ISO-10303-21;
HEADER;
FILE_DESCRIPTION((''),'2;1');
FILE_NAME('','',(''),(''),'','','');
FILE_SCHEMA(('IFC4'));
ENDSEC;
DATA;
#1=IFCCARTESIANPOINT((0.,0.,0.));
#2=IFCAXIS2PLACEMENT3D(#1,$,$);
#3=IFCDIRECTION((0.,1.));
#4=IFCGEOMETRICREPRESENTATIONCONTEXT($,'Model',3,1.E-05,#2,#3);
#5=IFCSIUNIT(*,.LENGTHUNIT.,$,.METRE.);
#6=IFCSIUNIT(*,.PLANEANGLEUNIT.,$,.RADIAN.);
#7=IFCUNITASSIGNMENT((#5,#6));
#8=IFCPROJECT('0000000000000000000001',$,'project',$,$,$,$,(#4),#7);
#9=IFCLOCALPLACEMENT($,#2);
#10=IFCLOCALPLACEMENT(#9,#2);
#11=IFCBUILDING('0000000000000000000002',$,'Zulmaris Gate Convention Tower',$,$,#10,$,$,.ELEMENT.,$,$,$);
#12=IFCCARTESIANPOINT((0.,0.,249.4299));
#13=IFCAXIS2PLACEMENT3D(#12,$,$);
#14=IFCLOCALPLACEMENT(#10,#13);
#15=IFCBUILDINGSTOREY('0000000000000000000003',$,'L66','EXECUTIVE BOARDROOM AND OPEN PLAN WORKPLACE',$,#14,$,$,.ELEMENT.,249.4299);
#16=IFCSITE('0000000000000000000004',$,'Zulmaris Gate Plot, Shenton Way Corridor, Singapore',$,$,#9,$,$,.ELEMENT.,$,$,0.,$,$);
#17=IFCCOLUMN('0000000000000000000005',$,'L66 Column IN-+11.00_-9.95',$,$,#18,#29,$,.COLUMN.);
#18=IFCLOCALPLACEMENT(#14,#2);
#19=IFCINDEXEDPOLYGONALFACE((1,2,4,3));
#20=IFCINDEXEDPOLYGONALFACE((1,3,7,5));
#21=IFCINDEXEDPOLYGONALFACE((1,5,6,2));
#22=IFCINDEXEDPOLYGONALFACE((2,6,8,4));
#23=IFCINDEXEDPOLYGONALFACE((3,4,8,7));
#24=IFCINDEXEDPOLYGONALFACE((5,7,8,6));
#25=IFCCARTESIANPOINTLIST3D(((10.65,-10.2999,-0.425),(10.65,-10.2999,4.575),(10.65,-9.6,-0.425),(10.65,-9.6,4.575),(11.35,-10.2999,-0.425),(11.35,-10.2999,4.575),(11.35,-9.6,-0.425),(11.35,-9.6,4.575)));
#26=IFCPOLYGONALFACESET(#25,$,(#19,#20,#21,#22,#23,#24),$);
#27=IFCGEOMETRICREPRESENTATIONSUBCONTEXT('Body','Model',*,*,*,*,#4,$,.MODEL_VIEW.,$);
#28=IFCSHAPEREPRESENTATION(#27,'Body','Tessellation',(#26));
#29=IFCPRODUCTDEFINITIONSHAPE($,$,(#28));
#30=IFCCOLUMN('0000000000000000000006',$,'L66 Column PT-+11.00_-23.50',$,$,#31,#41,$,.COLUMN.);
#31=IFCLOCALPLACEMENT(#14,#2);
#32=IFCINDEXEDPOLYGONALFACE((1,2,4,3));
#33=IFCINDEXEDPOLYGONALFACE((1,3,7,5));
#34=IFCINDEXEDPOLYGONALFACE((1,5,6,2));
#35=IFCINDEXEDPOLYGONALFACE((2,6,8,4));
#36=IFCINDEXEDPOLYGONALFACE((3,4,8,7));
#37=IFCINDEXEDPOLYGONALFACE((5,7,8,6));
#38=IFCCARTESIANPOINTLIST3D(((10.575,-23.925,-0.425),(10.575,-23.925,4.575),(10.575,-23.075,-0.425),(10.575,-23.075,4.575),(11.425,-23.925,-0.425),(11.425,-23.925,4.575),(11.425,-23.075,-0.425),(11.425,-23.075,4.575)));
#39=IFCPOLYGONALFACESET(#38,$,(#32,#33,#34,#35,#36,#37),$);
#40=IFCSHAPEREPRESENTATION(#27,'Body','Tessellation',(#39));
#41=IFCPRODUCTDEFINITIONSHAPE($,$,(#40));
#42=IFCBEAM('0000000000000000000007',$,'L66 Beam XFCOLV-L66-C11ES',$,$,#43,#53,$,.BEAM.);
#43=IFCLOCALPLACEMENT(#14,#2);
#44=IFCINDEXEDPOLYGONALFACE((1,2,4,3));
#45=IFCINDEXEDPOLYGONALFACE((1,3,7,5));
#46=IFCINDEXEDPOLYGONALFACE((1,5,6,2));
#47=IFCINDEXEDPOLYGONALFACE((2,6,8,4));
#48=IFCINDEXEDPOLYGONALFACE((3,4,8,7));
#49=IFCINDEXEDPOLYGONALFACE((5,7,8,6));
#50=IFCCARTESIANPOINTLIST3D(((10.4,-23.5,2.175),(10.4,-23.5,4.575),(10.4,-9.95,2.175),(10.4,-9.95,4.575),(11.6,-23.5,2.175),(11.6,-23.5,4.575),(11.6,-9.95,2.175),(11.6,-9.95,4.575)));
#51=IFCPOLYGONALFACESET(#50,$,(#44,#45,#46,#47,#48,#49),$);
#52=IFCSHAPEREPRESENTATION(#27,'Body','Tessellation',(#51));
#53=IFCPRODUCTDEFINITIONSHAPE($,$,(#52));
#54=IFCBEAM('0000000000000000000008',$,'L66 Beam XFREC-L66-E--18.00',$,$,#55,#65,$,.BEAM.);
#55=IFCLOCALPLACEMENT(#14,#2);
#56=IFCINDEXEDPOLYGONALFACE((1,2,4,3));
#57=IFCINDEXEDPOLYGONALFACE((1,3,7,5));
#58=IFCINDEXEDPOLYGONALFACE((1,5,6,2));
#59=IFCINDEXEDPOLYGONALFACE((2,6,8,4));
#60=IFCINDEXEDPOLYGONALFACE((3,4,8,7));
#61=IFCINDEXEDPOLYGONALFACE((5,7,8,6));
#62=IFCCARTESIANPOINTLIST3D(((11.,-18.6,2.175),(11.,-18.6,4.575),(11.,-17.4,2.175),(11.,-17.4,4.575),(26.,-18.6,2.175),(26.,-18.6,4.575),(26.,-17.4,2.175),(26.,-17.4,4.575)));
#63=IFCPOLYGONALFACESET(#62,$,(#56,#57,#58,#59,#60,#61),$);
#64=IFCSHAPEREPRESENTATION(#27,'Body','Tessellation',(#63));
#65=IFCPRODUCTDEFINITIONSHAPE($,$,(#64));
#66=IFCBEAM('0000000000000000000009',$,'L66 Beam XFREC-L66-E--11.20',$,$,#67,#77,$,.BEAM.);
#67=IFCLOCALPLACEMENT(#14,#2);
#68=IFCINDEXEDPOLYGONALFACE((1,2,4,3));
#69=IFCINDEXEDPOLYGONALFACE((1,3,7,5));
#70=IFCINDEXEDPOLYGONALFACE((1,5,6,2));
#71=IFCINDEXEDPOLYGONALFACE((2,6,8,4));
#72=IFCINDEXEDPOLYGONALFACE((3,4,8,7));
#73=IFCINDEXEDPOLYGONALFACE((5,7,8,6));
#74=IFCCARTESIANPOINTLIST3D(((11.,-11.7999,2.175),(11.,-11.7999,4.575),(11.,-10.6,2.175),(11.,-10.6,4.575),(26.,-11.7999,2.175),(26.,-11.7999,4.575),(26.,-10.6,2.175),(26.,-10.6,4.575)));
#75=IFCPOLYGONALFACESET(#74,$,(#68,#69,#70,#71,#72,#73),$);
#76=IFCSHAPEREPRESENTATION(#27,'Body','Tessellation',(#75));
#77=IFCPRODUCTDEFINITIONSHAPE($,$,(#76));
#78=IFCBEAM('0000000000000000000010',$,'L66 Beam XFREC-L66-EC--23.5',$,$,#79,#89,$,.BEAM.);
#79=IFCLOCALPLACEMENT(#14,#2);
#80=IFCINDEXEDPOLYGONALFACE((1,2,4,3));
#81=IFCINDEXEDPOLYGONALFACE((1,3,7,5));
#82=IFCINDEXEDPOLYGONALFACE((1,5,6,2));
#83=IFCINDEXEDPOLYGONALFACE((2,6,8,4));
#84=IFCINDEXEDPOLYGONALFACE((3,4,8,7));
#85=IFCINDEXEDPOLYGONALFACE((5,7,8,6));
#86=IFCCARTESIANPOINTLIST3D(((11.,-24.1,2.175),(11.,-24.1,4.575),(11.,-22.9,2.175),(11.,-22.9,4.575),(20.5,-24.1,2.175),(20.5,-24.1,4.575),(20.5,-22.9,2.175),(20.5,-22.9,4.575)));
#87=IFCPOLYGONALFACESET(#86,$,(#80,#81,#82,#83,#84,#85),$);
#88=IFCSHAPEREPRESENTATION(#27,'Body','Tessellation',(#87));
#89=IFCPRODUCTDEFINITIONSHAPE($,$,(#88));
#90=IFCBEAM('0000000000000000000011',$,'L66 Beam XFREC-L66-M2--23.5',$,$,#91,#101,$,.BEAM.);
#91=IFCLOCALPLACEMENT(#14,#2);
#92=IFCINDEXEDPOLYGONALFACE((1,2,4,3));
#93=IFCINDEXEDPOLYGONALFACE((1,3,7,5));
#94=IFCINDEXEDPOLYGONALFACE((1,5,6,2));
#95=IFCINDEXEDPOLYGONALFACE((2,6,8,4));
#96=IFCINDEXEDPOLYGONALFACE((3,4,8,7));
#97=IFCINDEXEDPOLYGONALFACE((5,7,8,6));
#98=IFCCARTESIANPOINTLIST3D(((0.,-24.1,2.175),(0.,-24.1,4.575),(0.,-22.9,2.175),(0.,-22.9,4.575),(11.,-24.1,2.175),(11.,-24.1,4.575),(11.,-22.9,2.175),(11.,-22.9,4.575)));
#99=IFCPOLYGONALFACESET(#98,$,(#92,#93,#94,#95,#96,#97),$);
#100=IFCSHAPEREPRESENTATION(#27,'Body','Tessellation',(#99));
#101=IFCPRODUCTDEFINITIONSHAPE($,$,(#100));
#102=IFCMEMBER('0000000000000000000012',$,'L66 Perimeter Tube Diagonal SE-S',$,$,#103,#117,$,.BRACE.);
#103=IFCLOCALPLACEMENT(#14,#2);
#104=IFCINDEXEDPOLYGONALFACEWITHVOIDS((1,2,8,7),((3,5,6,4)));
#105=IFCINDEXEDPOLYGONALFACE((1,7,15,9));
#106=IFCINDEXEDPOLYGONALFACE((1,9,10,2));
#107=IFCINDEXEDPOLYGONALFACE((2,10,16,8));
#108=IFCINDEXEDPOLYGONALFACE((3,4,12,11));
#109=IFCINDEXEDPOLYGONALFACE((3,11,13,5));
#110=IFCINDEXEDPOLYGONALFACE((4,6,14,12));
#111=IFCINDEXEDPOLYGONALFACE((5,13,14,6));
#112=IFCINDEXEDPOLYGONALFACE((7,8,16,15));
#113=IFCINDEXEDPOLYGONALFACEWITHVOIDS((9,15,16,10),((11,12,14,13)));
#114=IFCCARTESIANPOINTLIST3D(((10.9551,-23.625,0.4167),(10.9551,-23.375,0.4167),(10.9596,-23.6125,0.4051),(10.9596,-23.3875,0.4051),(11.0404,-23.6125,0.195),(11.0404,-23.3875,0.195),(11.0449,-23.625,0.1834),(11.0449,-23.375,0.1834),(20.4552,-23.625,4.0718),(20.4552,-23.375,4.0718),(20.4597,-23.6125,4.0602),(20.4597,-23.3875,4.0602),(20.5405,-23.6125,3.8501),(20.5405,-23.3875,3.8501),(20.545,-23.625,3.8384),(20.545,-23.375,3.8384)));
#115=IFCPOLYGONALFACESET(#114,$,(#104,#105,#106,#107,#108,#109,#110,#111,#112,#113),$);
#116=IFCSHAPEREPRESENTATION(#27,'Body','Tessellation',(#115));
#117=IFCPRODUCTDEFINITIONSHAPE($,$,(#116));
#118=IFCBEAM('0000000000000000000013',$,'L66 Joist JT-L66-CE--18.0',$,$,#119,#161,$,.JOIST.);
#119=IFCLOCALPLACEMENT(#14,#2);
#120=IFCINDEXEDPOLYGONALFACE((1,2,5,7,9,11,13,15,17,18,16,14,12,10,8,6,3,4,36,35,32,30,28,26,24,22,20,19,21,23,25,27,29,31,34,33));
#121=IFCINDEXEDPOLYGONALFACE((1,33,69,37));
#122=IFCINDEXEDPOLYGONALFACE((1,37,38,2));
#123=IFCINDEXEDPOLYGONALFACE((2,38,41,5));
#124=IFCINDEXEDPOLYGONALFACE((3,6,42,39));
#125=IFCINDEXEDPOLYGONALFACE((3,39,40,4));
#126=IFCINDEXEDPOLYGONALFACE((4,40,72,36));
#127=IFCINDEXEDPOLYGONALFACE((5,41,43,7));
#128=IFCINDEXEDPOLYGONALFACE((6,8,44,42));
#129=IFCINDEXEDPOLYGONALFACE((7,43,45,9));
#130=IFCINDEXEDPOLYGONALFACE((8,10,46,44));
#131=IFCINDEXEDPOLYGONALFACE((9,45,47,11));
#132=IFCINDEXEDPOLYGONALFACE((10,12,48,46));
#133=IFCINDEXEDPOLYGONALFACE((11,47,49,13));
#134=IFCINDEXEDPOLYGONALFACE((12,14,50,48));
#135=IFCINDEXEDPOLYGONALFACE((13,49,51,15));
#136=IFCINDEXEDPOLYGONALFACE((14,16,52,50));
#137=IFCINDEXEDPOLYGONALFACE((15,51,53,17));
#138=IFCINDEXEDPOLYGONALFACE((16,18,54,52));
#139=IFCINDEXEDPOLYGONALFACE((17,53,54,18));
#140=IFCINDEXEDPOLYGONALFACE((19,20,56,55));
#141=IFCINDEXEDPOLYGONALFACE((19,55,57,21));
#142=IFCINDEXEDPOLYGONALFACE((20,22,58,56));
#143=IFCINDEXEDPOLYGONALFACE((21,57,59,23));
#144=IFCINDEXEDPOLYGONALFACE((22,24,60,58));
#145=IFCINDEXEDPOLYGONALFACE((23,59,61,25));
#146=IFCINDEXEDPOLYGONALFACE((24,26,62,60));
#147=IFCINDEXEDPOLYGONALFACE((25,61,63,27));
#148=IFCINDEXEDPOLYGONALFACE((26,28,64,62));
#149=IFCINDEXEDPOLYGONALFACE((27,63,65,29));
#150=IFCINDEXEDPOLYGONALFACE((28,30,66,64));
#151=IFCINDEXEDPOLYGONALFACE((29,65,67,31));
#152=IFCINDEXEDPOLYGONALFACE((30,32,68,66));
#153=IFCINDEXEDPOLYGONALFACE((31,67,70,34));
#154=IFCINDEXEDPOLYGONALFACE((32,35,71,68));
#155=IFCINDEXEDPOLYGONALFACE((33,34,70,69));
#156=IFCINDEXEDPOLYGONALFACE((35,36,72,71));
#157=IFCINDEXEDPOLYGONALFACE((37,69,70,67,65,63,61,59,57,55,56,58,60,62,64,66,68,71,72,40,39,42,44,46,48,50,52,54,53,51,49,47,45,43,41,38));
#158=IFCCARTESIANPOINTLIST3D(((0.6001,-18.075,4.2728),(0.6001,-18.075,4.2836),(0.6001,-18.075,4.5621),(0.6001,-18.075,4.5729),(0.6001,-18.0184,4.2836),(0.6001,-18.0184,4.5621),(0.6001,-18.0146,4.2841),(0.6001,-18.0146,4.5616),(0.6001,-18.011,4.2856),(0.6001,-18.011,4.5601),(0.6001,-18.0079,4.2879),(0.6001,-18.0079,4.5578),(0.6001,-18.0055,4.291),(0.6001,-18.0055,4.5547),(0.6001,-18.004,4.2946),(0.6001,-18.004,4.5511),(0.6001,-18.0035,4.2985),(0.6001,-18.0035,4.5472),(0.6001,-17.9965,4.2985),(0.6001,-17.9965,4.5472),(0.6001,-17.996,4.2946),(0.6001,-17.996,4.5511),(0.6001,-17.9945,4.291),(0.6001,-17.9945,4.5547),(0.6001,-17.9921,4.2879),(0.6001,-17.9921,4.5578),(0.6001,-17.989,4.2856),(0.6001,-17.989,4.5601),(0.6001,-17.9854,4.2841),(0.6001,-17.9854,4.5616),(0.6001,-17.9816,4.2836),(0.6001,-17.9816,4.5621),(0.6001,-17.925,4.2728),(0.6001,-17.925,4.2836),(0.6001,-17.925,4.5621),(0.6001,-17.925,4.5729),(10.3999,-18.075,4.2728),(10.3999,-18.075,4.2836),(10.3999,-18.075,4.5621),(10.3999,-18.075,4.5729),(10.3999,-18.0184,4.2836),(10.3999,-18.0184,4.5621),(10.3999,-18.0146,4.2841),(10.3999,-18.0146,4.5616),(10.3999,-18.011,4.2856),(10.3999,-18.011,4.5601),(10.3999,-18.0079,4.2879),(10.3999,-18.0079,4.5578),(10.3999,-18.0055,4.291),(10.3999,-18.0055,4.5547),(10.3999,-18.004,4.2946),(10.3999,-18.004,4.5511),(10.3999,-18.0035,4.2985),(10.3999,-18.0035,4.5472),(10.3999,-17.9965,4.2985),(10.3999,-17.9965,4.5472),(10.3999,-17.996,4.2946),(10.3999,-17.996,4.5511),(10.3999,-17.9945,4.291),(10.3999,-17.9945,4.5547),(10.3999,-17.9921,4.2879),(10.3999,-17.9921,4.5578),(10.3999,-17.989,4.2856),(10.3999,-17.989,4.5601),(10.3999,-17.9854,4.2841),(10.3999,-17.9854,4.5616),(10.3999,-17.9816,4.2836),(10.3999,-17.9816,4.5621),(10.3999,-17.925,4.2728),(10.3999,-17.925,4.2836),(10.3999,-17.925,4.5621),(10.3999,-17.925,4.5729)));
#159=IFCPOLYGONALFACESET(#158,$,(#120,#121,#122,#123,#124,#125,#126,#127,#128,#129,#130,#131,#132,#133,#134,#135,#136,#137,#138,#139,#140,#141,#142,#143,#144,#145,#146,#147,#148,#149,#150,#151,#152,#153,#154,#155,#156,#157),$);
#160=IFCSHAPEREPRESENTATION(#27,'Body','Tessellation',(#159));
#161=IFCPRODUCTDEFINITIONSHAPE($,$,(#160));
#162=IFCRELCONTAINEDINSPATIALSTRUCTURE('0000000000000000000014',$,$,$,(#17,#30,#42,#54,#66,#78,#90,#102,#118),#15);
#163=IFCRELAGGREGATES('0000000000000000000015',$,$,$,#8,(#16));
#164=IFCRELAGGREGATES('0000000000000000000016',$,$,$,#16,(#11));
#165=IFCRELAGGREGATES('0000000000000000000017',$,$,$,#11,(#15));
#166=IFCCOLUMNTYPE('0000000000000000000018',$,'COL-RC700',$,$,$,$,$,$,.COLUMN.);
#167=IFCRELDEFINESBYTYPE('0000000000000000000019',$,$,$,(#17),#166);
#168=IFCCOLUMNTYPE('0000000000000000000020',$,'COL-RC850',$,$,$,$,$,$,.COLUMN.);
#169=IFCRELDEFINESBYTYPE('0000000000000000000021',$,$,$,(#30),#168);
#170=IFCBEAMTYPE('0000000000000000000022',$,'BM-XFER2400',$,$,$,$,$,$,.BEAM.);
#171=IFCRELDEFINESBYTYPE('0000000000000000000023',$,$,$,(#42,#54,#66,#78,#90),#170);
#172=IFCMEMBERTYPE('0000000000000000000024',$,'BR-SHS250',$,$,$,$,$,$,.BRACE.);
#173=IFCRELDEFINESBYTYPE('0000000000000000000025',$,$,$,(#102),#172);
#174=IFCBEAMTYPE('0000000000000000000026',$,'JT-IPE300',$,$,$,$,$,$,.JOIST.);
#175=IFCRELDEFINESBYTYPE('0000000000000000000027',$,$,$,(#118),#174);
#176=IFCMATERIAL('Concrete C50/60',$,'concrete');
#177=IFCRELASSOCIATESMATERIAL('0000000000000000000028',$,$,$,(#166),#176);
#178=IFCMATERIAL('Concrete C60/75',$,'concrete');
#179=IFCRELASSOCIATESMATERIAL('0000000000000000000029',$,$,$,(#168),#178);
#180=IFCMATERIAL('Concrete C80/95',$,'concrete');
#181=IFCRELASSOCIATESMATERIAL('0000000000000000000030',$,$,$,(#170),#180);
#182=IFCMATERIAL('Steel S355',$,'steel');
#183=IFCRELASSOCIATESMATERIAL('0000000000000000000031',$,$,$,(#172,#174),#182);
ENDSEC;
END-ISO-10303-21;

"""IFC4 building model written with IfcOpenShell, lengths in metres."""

from ifc_helpers import new_model, si_unit, direction, frame, origin, origin_2d, place, context, subcontext, project, spatial, rectangle, hollow_rectangle, i_section, extrude, material, material_profile, profile_set, type_object, element, save


model = new_model("IFC4")

# Units and contexts
model_context = context("Model", 3, precision=1e-05, world=origin(), true_north=direction((0.0, 1.0)))
body_context = subcontext(model_context, "Body", "Model", "MODEL_VIEW")
ifc_project = project(units=[si_unit("LENGTHUNIT", "METRE"), si_unit("PLANEANGLEUNIT", "RADIAN")], contexts=[model_context])

# Site, building, storey
site_placement = place(None, origin())
site = spatial("IfcSite", under=ifc_project, at=site_placement, Name="Zulmaris Gate Plot, Shenton Way Corridor, Singapore", CompositionType="ELEMENT", RefElevation=0.0)
building_placement = place(site_placement, origin())
building = spatial("IfcBuilding", under=site, at=building_placement, Name="Zulmaris Gate Convention Tower", CompositionType="ELEMENT")
storey_placement = place(building_placement, frame((0.0, 0.0, 249.4299)))
storey = spatial("IfcBuildingStorey", under=building, at=storey_placement, Name="L66", Description="EXECUTIVE BOARDROOM AND OPEN PLAN WORKPLACE", CompositionType="ELEMENT", Elevation=249.4299)

# Columns
ifc_material_1 = material(Name="Concrete C50/60", Category="concrete")
ifc_material_profile_1 = material_profile(ifc_material_1, rectangle(XDim=0.7, YDim=0.7, at=origin_2d()), Name="RC COL 700x700")
ifc_profile_set_1 = profile_set([ifc_material_profile_1], Name="Concrete C50/60")
column_type_1 = type_object("IfcColumnType", Name="COL-RC700", PredefinedType="COLUMN", material=ifc_profile_set_1)
column_1_placement = place(storey_placement, frame((11.0, -9.95, -0.425), z_axis=(0.0, 0.0, 1.0), x_axis=(1.0, 0.0, 0.0)))
element("IfcColumn", 1, at=column_1_placement, inside=storey, type_object=column_type_1, Name="L66 Column IN-+11.00_-9.95", PredefinedType="COLUMN", context=body_context, shape_type="SweptSolid", body=[
    extrude(rectangle(XDim=0.7, YDim=0.7, at=origin_2d()), origin(), (0.0, 0.0, 1.0), 5.0),
])
ifc_material_2 = material(Name="Concrete C60/75", Category="concrete")
ifc_material_profile_2 = material_profile(ifc_material_2, rectangle(XDim=0.8501, YDim=0.8501, at=origin_2d()), Name="RC COL 850x850")
ifc_profile_set_2 = profile_set([ifc_material_profile_2], Name="Concrete C60/75")
column_type_2 = type_object("IfcColumnType", Name="COL-RC850", PredefinedType="COLUMN", material=ifc_profile_set_2)
column_2_placement = place(storey_placement, frame((11.0, -23.5, -0.425), z_axis=(0.0, 0.0, 1.0), x_axis=(1.0, 0.0, 0.0)))
element("IfcColumn", 2, at=column_2_placement, inside=storey, type_object=column_type_2, Name="L66 Column PT-+11.00_-23.50", PredefinedType="COLUMN", context=body_context, shape_type="SweptSolid", body=[
    extrude(rectangle(XDim=0.8501, YDim=0.8501, at=origin_2d()), origin(), (0.0, 0.0, 1.0), 5.0),
])

# Beams
ifc_material_3 = material(Name="Concrete C80/95", Category="concrete")
ifc_material_profile_3 = material_profile(ifc_material_3, rectangle(XDim=1.2, YDim=2.3999, at=origin_2d()), Name="RC TRANSFER 1200x2400")
ifc_profile_set_3 = profile_set([ifc_material_profile_3], Name="Concrete C80/95")
beam_type_1 = type_object("IfcBeamType", Name="BM-XFER2400", PredefinedType="BEAM", material=ifc_profile_set_3)
beam_1_placement = place(storey_placement, frame((11.0, -23.5, 3.375), z_axis=(0.0, 1.0, 0.0), x_axis=(-1.0, 0.0, 0.0)))
element("IfcBeam", 3, at=beam_1_placement, inside=storey, type_object=beam_type_1, Name="L66 Beam XFCOLV-L66-C11ES", PredefinedType="BEAM", context=body_context, shape_type="SweptSolid", body=[
    extrude(rectangle(XDim=1.2, YDim=2.3999, at=origin_2d()), origin(), (0.0, 0.0, 1.0), 13.55),
])
for number, where, z_axis, x_axis, name in (
    (4, (11.0, -18.0, 3.375), (1.0, 0.0, 0.0), (0.0, 1.0, 0.0), "L66 Beam XFREC-L66-E--18.00"),
    (5, (11.0, -11.2, 3.375), (1.0, 0.0, 0.0), (0.0, 1.0, 0.0), "L66 Beam XFREC-L66-E--11.20"),
):
    element("IfcBeam", number, at=place(storey_placement, frame(where, z_axis=z_axis, x_axis=x_axis)), inside=storey, type_object=beam_type_1, Name=name, PredefinedType="BEAM", context=body_context, shape_type="SweptSolid", body=[
        extrude(rectangle(XDim=1.2, YDim=2.3999, at=origin_2d()), origin(), (0.0, 0.0, 1.0), 15.0),
    ])
beam_2_placement = place(storey_placement, frame((11.0, -23.5, 3.375), z_axis=(1.0, 0.0, 0.0), x_axis=(0.0, 1.0, 0.0)))
element("IfcBeam", 6, at=beam_2_placement, inside=storey, type_object=beam_type_1, Name="L66 Beam XFREC-L66-EC--23.5", PredefinedType="BEAM", context=body_context, shape_type="SweptSolid", body=[
    extrude(rectangle(XDim=1.2, YDim=2.3999, at=origin_2d()), origin(), (0.0, 0.0, 1.0), 9.5),
])
beam_3_placement = place(storey_placement, frame((0.0, -23.5, 3.375), z_axis=(1.0, 0.0, 0.0), x_axis=(0.0, 1.0, 0.0)))
element("IfcBeam", 7, at=beam_3_placement, inside=storey, type_object=beam_type_1, Name="L66 Beam XFREC-L66-M2--23.5", PredefinedType="BEAM", context=body_context, shape_type="SweptSolid", body=[
    extrude(rectangle(XDim=1.2, YDim=2.3999, at=origin_2d()), origin(), (0.0, 0.0, 1.0), 11.0),
])

# Member
ifc_material_4 = material(Name="Steel S355", Category="steel")
ifc_material_profile_4 = material_profile(ifc_material_4, hollow_rectangle(XDim=0.25, YDim=0.25, WallThickness=0.0125, at=origin_2d()), Name="SHS 250x250x12.5")
ifc_profile_set_4 = profile_set([ifc_material_profile_4], Name="Steel S355")
member_type = type_object("IfcMemberType", Name="BR-SHS250", PredefinedType="BRACE", material=ifc_profile_set_4)
member_placement = place(storey_placement, frame((11.0, -23.5, 0.3), z_axis=(0.933307, 0.0, 0.35908), x_axis=(0.0, 1.0, 0.0)))
element("IfcMember", 8, at=member_placement, inside=storey, type_object=member_type, Name="L66 Perimeter Tube Diagonal SE-S", PredefinedType="BRACE", context=body_context, shape_type="SweptSolid", body=[
    extrude(hollow_rectangle(XDim=0.25, YDim=0.25, WallThickness=0.0125, at=origin_2d()), origin(), (0.0, 0.0, 1.0), 10.179),
])

# Beam
ifc_material_profile_5 = material_profile(ifc_material_4, i_section(OverallWidth=0.1499, OverallDepth=0.3, WebThickness=0.0071, FlangeThickness=0.0107, FilletRadius=0.0149, at=origin_2d()), Name="IPE 300")
ifc_profile_set_5 = profile_set([ifc_material_profile_5], Name="Steel S355")
beam_type_2 = type_object("IfcBeamType", Name="JT-IPE300", PredefinedType="JOIST", material=ifc_profile_set_5)
for number, where, z_axis, x_axis, name in (
    (9, (0.6001, -18.0, 4.4229), (1.0, 0.0, 0.0), (0.0, 1.0, 0.0), "L66 Joist JT-L66-CE--18.0"),
):
    element("IfcBeam", number, at=place(storey_placement, frame(where, z_axis=z_axis, x_axis=x_axis)), inside=storey, type_object=beam_type_2, Name=name, PredefinedType="JOIST", context=body_context, shape_type="SweptSolid", body=[
        extrude(i_section(OverallWidth=0.1499, OverallDepth=0.3, WebThickness=0.0071, FlangeThickness=0.0107, FilletRadius=0.0149, at=origin_2d()), origin(), (0.0, 0.0, 1.0), 9.7998),
    ])

save(model, "model.ifc")
